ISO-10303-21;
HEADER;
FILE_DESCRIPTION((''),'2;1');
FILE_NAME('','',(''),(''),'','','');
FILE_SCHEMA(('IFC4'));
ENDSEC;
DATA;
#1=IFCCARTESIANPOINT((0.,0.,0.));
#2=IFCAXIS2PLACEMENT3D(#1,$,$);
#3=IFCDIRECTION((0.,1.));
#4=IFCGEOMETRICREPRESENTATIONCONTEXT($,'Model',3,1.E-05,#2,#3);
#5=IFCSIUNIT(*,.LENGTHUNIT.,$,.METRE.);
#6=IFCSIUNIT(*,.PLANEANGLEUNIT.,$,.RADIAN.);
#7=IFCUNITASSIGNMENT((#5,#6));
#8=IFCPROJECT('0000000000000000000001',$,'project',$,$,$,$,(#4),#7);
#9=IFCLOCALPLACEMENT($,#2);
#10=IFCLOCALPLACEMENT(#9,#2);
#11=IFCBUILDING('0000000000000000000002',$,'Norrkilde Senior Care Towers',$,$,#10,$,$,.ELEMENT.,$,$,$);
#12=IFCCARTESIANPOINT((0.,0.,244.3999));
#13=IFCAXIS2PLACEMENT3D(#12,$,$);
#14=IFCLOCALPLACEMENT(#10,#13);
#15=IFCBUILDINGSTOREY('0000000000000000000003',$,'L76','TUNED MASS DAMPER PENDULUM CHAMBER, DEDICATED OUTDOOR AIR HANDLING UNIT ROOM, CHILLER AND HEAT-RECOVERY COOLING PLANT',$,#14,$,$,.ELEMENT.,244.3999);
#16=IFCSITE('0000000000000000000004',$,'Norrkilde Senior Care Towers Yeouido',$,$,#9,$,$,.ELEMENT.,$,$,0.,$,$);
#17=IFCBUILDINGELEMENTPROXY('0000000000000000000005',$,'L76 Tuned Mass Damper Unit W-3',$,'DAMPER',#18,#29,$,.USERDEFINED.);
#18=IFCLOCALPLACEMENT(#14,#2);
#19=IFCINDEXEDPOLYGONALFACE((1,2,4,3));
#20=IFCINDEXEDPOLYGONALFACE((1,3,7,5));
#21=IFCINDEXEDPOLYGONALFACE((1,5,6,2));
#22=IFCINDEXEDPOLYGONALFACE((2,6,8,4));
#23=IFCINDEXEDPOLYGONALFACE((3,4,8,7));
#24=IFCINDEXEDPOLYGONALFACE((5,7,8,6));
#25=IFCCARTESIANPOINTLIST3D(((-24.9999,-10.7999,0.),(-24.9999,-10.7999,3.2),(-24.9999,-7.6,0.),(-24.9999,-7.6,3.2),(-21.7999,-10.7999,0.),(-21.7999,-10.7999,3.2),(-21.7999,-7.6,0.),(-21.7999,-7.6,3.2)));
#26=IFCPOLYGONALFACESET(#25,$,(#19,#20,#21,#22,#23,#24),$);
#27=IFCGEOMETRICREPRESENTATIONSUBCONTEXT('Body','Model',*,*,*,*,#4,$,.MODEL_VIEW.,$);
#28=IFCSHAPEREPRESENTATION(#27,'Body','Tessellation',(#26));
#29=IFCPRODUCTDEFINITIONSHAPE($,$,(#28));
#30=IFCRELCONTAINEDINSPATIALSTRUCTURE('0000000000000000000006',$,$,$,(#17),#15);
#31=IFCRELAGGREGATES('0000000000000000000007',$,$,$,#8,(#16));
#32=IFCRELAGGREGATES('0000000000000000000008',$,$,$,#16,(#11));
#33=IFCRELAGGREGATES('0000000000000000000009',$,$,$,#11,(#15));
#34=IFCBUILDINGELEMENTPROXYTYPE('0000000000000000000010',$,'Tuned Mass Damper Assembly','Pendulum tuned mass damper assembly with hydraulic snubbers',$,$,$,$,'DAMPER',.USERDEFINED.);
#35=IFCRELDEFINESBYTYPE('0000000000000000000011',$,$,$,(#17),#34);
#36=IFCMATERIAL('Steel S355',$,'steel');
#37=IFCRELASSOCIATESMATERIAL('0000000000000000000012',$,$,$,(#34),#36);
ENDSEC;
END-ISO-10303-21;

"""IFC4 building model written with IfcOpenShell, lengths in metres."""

from ifc_helpers import new_model, si_unit, direction, frame, origin, origin_2d, place, context, subcontext, project, spatial, rectangle, extrude, source, transform, mapped, material, type_object, type_shapes, element, save


model = new_model("IFC4")

# Units and contexts
model_context = context("Model", 3, precision=1e-05, world=origin(), true_north=direction((0.0, 1.0)))
body_context = subcontext(model_context, "Body", "Model", "MODEL_VIEW")
ifc_project = project(units=[si_unit("LENGTHUNIT", "METRE"), si_unit("PLANEANGLEUNIT", "RADIAN")], contexts=[model_context])

# Site, building, storey
site_placement = place(None, origin())
site = spatial("IfcSite", under=ifc_project, at=site_placement, Name="Norrkilde Senior Care Towers Yeouido", CompositionType="ELEMENT", RefElevation=0.0)
building_placement = place(site_placement, origin())
building = spatial("IfcBuilding", under=site, at=building_placement, Name="Norrkilde Senior Care Towers", CompositionType="ELEMENT")
storey_placement = place(building_placement, frame((0.0, 0.0, 244.3999)))
storey = spatial("IfcBuildingStorey", under=building, at=storey_placement, Name="L76", Description="TUNED MASS DAMPER PENDULUM CHAMBER, DEDICATED OUTDOOR AIR HANDLING UNIT ROOM, CHILLER AND HEAT-RECOVERY COOLING PLANT", CompositionType="ELEMENT", Elevation=244.3999)

# Shared definitions
ifc_material_1 = material(Name="Steel S355", Category="steel")

# Building element proxy
building_element_proxy_type = type_object("IfcBuildingElementProxyType", Name="Tuned Mass Damper Assembly", Description="Pendulum tuned mass damper assembly with hydraulic snubbers", ElementType="DAMPER", PredefinedType="USERDEFINED", material=ifc_material_1)
shared_shape_1 = source(origin(), body_context, "Body", "SweptSolid", [
    extrude(rectangle(XDim=3.2, YDim=3.2, at=origin_2d()), origin(), (0.0, 0.0, 1.0), 3.2),
])
type_shapes(building_element_proxy_type, [shared_shape_1])
for number, where, z_axis, x_axis, name in (
    (1, (-23.3999, -9.2, 0.0), (0.0, 0.0, 1.0), (1.0, 0.0, 0.0), "L76 Tuned Mass Damper Unit W-3"),
):
    element("IfcBuildingElementProxy", number, at=place(storey_placement, frame(where, z_axis=z_axis, x_axis=x_axis)), inside=storey, type_object=building_element_proxy_type, Name=name, ObjectType="DAMPER", PredefinedType="USERDEFINED", context=body_context, shape_type="MappedRepresentation", body=[
        mapped(shared_shape_1, transform((0.0, 0.0, 0.0), x_axis=(1.0, 0.0, 0.0), y_axis=(0.0, 1.0, 0.0), z_axis=(0.0, 0.0, 1.0), scale=1.0)),
    ])

save(model, "model.ifc")
